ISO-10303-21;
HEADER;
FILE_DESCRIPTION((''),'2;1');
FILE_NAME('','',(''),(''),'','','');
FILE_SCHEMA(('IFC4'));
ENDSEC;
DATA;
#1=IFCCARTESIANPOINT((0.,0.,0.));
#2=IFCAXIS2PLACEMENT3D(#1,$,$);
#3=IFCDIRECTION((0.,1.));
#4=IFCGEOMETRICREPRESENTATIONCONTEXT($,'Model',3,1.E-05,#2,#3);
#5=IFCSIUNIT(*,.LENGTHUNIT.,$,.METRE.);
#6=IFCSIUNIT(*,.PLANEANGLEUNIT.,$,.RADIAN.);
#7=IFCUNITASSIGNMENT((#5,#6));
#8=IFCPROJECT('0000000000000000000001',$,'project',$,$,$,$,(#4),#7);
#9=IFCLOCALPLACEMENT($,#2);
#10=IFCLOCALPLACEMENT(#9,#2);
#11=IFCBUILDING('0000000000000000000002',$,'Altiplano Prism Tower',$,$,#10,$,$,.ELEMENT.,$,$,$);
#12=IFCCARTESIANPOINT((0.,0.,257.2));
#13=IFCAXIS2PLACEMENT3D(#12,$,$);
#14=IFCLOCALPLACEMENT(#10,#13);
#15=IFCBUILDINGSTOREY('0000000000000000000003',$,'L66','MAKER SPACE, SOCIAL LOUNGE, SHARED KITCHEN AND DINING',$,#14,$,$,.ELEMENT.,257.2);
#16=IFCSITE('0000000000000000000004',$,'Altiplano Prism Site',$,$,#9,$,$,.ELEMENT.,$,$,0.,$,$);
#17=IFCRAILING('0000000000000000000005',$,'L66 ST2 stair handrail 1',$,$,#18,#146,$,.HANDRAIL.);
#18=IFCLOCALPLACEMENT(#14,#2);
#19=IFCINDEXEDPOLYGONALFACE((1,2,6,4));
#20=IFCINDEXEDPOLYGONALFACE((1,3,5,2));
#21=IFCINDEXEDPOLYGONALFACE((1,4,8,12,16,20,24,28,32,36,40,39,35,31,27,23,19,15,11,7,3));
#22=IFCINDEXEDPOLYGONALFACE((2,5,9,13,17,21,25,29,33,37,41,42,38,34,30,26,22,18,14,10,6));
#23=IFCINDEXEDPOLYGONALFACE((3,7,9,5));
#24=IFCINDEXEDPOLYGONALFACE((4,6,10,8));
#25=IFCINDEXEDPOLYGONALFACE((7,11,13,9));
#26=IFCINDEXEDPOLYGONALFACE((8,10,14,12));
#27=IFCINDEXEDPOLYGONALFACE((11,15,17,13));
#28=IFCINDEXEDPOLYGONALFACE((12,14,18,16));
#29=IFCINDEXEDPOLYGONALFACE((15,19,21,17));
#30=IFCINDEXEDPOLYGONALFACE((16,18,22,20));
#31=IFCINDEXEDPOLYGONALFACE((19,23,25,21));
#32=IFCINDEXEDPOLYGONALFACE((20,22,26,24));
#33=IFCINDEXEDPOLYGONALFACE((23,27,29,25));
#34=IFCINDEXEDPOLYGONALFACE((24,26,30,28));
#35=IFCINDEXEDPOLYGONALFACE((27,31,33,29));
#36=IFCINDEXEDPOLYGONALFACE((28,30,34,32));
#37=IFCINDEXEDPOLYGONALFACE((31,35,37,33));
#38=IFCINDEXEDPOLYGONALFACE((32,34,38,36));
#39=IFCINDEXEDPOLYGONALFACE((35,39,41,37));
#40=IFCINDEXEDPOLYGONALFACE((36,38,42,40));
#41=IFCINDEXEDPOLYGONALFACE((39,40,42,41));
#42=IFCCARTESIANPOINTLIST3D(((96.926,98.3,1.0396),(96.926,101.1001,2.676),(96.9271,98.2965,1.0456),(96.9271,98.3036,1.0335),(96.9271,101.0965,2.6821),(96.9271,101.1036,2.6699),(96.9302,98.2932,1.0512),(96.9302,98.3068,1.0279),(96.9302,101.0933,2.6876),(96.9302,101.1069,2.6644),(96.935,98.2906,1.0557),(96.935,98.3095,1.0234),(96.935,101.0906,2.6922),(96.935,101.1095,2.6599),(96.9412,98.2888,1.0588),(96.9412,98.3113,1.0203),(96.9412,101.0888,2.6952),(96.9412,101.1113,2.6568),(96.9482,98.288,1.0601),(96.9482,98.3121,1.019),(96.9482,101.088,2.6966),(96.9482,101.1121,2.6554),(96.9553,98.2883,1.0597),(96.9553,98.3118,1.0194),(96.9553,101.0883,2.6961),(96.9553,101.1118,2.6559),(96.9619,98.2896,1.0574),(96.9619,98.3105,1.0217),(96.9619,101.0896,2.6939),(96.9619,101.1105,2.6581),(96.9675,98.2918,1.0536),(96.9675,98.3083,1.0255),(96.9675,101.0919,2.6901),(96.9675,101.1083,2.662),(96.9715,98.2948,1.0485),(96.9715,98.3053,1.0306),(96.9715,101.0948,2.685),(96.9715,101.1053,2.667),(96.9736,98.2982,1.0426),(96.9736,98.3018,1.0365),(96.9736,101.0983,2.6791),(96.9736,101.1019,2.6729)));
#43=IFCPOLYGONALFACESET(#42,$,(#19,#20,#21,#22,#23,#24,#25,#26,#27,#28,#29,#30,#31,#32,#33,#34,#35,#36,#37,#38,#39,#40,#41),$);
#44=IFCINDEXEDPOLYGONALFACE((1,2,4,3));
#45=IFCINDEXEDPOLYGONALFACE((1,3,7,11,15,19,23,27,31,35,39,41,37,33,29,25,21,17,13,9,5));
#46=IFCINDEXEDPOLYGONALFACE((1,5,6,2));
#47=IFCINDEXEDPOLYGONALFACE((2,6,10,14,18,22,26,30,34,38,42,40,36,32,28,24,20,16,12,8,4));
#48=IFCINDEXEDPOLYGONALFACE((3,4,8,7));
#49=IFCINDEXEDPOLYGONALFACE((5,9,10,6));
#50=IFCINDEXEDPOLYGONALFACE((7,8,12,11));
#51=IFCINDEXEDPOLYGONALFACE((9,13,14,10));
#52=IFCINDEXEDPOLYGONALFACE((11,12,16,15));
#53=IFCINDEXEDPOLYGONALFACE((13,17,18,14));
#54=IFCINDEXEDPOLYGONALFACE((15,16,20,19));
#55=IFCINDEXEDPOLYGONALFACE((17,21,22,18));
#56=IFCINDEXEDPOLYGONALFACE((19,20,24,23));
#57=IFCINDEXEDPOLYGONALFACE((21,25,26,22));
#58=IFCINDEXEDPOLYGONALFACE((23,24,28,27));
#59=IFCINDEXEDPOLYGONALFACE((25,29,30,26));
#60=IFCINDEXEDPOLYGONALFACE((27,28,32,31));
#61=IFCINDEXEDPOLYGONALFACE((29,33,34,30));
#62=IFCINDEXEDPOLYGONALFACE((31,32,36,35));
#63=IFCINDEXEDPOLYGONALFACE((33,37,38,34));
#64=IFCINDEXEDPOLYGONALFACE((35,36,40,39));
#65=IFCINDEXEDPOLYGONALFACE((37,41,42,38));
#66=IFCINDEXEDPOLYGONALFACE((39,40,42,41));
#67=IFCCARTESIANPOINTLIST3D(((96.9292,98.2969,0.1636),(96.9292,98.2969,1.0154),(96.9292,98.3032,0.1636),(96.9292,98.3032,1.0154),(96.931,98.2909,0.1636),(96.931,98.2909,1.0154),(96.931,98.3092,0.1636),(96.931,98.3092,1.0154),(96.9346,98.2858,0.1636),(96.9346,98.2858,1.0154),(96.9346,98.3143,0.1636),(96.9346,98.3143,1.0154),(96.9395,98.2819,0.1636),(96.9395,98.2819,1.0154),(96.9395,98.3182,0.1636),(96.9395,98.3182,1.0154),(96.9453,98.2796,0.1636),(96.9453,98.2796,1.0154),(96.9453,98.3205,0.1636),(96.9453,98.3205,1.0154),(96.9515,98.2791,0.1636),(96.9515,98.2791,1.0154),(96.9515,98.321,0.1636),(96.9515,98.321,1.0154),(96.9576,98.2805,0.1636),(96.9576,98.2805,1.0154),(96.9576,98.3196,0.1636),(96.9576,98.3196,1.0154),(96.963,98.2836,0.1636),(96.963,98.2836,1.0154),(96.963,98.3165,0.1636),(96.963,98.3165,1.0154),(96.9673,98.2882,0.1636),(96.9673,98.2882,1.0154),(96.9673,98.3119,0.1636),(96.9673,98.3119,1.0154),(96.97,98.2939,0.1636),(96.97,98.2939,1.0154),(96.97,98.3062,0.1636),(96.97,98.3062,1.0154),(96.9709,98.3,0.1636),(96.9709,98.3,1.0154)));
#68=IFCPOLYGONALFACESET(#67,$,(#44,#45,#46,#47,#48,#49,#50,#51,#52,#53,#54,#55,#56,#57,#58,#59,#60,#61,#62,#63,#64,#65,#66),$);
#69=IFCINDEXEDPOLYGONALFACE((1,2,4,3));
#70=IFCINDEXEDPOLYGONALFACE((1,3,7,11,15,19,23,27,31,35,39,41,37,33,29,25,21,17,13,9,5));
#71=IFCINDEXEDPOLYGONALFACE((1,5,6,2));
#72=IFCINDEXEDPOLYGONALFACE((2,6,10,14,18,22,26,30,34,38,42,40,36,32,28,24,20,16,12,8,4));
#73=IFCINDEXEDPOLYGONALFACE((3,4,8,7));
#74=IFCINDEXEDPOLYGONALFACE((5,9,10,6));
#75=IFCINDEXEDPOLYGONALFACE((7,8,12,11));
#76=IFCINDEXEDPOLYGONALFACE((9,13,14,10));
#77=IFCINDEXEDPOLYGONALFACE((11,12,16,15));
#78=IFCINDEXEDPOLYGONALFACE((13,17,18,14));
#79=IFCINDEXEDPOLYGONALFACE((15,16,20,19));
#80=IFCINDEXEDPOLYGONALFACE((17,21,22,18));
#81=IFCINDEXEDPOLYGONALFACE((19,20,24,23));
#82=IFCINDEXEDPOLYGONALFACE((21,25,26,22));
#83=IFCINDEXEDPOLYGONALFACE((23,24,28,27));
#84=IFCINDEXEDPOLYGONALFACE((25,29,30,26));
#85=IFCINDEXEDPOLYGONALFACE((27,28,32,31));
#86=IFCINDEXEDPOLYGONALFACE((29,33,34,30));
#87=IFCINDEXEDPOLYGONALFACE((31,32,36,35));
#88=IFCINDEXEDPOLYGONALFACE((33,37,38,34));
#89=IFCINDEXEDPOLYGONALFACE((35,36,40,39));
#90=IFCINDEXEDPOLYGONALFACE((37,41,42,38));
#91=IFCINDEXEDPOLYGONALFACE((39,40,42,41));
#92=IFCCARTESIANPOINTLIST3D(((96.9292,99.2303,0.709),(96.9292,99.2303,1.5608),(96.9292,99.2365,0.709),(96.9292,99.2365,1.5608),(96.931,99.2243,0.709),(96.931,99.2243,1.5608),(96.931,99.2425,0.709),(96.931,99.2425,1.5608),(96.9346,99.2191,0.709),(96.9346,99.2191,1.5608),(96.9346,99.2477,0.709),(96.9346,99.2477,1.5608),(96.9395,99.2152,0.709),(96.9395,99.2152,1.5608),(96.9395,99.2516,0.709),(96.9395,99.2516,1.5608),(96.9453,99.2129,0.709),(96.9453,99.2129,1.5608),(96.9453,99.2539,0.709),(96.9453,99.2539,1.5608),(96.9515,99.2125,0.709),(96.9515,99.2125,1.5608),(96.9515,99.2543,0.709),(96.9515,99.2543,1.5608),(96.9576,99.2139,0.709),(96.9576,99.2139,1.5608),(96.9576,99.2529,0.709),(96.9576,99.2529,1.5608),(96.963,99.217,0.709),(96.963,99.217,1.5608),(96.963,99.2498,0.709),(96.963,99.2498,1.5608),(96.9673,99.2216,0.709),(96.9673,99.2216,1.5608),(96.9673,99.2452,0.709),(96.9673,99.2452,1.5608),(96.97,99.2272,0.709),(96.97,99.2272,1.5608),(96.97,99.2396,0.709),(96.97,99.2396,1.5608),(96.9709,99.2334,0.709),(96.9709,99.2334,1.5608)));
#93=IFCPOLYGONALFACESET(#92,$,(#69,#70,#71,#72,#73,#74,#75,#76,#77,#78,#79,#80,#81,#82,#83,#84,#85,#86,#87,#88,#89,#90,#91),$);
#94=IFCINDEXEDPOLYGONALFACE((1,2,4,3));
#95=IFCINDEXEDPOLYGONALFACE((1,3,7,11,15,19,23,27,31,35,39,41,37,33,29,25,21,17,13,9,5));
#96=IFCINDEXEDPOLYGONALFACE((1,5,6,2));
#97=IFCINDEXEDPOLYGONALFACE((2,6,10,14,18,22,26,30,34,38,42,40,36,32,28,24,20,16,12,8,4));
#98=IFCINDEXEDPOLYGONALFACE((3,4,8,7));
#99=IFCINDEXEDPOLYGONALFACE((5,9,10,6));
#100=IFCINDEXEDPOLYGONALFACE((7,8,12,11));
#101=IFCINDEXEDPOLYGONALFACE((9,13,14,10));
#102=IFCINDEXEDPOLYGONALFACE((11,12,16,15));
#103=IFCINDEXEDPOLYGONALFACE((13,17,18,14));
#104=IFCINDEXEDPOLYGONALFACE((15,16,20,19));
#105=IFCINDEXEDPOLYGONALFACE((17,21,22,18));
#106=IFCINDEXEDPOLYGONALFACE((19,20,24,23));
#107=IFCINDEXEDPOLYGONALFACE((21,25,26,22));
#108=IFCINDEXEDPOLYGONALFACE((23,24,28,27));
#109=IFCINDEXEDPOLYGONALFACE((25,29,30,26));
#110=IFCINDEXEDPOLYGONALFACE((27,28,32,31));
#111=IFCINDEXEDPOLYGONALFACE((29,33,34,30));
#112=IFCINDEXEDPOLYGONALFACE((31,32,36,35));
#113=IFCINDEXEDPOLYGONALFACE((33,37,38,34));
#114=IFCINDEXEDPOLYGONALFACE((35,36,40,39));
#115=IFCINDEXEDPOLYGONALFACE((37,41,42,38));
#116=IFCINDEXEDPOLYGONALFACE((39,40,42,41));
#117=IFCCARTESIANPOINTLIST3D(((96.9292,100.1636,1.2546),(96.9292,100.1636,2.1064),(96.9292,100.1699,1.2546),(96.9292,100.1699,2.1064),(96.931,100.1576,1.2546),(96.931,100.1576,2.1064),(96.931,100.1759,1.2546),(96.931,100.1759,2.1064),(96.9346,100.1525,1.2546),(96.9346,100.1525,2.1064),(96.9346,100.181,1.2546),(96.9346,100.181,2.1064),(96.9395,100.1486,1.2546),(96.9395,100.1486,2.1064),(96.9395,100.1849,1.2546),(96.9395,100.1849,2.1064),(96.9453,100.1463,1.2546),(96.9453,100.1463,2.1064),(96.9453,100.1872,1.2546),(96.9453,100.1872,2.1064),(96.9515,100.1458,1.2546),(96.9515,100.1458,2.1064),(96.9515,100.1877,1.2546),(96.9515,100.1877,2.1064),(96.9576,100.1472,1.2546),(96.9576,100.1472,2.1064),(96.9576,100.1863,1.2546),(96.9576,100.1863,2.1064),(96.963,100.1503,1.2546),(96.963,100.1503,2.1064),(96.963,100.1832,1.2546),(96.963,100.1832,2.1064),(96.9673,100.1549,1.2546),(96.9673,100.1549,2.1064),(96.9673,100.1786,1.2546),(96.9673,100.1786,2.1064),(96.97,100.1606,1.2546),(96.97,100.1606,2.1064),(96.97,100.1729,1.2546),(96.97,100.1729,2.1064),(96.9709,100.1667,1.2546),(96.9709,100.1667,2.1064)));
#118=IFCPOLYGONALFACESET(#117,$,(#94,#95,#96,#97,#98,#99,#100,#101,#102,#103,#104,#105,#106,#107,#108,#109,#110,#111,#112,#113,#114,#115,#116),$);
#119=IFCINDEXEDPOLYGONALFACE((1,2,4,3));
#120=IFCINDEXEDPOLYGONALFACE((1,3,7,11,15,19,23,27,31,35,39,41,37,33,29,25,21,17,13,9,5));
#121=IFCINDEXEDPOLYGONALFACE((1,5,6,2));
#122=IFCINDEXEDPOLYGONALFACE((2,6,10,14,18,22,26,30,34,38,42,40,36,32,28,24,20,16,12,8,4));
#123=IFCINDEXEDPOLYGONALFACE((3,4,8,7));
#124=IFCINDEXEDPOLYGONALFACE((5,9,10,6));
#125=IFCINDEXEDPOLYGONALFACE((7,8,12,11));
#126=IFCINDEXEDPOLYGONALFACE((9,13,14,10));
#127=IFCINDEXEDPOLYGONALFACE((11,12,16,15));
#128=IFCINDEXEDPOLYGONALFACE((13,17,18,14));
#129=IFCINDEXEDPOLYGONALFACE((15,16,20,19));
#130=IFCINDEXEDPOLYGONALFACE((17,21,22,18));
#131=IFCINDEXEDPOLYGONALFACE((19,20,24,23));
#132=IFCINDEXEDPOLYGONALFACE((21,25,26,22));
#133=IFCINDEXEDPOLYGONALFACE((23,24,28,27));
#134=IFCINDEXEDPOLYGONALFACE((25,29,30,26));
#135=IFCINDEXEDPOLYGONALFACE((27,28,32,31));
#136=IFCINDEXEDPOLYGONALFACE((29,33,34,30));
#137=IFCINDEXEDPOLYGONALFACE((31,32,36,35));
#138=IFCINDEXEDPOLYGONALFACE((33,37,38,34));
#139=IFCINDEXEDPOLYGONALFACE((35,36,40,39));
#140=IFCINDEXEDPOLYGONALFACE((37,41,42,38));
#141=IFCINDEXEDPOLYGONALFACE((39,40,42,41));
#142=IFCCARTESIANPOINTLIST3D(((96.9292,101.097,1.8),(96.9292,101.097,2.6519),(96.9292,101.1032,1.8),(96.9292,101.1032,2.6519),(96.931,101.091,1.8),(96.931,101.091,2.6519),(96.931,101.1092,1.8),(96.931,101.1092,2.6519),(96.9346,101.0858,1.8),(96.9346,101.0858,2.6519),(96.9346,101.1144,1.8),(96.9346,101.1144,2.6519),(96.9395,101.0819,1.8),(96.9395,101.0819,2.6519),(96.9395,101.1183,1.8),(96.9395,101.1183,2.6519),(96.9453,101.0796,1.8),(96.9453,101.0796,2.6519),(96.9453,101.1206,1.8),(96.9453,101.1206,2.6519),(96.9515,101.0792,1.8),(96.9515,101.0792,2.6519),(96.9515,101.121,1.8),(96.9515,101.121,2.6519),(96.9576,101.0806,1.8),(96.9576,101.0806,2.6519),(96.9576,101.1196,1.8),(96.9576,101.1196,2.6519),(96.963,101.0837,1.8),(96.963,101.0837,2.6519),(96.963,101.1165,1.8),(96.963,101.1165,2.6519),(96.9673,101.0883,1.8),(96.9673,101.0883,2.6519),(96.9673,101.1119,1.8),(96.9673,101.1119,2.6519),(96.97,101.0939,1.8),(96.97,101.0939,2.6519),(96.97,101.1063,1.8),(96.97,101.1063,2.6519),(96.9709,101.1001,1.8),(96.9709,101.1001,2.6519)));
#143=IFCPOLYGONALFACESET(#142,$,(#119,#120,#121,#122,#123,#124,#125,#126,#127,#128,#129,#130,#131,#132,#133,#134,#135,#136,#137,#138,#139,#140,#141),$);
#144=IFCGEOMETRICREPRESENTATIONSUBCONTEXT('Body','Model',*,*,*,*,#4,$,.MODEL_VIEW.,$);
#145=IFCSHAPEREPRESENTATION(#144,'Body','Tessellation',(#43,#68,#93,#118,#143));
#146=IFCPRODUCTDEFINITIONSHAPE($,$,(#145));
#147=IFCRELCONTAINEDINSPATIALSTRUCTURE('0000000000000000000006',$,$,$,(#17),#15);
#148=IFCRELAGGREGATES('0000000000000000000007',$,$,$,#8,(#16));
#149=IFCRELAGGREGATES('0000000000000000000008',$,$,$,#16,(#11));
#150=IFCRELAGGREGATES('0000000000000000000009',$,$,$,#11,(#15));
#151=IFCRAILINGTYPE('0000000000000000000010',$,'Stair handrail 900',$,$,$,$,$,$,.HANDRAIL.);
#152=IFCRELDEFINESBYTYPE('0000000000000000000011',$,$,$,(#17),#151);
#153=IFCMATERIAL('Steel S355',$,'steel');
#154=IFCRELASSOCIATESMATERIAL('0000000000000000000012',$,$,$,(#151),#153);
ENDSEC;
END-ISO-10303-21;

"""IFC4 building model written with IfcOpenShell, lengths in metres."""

from ifc_helpers import new_model, si_unit, direction, frame, origin, origin_2d, place, context, subcontext, project, spatial, circle, extrude, material, type_object, element, save


model = new_model("IFC4")

# Units and contexts
model_context = context("Model", 3, precision=1e-05, world=origin(), true_north=direction((0.0, 1.0)))
body_context = subcontext(model_context, "Body", "Model", "MODEL_VIEW")
ifc_project = project(units=[si_unit("LENGTHUNIT", "METRE"), si_unit("PLANEANGLEUNIT", "RADIAN")], contexts=[model_context])

# Site, building, storey
site_placement = place(None, origin())
site = spatial("IfcSite", under=ifc_project, at=site_placement, Name="Altiplano Prism Site", CompositionType="ELEMENT", RefElevation=0.0)
building_placement = place(site_placement, origin())
building = spatial("IfcBuilding", under=site, at=building_placement, Name="Altiplano Prism Tower", CompositionType="ELEMENT")
storey_placement = place(building_placement, frame((0.0, 0.0, 257.2)))
storey = spatial("IfcBuildingStorey", under=building, at=storey_placement, Name="L66", Description="MAKER SPACE, SOCIAL LOUNGE, SHARED KITCHEN AND DINING", CompositionType="ELEMENT", Elevation=257.2)

# Railing
ifc_material_1 = material(Name="Steel S355", Category="steel")
railing_type_1 = type_object("IfcRailingType", Name="Stair handrail 900", PredefinedType="HANDRAIL", material=ifc_material_1)
railing_1_placement = place(storey_placement, frame((96.95, 98.3, 0.1636)))
element("IfcRailing", 1, at=railing_1_placement, inside=storey, type_object=railing_type_1, Name="L66 ST2 stair handrail 1", PredefinedType="HANDRAIL", context=body_context, shape_type="SweptSolid", body=[
    extrude(circle(Radius=0.0239, at=origin_2d()), frame((0.0, 0.0, 0.876), z_axis=(0.0, 0.863361, 0.504587), x_axis=(-1.0, 0.0, 0.0)), (0.0, 0.0, 1.0), 3.2432),
    extrude(circle(Radius=0.021, at=origin_2d()), origin(), (0.0, 0.0, 1.0), 0.8518),
    extrude(circle(Radius=0.021, at=origin_2d()), frame((0.0, 0.9333, 0.5454)), (0.0, 0.0, 1.0), 0.8518),
    extrude(circle(Radius=0.021, at=origin_2d()), frame((0.0, 1.8667, 1.0911)), (0.0, 0.0, 1.0), 0.8518),
    extrude(circle(Radius=0.021, at=origin_2d()), frame((0.0, 2.8, 1.6365)), (0.0, 0.0, 1.0), 0.8518),
])

save(model, "model.ifc")
